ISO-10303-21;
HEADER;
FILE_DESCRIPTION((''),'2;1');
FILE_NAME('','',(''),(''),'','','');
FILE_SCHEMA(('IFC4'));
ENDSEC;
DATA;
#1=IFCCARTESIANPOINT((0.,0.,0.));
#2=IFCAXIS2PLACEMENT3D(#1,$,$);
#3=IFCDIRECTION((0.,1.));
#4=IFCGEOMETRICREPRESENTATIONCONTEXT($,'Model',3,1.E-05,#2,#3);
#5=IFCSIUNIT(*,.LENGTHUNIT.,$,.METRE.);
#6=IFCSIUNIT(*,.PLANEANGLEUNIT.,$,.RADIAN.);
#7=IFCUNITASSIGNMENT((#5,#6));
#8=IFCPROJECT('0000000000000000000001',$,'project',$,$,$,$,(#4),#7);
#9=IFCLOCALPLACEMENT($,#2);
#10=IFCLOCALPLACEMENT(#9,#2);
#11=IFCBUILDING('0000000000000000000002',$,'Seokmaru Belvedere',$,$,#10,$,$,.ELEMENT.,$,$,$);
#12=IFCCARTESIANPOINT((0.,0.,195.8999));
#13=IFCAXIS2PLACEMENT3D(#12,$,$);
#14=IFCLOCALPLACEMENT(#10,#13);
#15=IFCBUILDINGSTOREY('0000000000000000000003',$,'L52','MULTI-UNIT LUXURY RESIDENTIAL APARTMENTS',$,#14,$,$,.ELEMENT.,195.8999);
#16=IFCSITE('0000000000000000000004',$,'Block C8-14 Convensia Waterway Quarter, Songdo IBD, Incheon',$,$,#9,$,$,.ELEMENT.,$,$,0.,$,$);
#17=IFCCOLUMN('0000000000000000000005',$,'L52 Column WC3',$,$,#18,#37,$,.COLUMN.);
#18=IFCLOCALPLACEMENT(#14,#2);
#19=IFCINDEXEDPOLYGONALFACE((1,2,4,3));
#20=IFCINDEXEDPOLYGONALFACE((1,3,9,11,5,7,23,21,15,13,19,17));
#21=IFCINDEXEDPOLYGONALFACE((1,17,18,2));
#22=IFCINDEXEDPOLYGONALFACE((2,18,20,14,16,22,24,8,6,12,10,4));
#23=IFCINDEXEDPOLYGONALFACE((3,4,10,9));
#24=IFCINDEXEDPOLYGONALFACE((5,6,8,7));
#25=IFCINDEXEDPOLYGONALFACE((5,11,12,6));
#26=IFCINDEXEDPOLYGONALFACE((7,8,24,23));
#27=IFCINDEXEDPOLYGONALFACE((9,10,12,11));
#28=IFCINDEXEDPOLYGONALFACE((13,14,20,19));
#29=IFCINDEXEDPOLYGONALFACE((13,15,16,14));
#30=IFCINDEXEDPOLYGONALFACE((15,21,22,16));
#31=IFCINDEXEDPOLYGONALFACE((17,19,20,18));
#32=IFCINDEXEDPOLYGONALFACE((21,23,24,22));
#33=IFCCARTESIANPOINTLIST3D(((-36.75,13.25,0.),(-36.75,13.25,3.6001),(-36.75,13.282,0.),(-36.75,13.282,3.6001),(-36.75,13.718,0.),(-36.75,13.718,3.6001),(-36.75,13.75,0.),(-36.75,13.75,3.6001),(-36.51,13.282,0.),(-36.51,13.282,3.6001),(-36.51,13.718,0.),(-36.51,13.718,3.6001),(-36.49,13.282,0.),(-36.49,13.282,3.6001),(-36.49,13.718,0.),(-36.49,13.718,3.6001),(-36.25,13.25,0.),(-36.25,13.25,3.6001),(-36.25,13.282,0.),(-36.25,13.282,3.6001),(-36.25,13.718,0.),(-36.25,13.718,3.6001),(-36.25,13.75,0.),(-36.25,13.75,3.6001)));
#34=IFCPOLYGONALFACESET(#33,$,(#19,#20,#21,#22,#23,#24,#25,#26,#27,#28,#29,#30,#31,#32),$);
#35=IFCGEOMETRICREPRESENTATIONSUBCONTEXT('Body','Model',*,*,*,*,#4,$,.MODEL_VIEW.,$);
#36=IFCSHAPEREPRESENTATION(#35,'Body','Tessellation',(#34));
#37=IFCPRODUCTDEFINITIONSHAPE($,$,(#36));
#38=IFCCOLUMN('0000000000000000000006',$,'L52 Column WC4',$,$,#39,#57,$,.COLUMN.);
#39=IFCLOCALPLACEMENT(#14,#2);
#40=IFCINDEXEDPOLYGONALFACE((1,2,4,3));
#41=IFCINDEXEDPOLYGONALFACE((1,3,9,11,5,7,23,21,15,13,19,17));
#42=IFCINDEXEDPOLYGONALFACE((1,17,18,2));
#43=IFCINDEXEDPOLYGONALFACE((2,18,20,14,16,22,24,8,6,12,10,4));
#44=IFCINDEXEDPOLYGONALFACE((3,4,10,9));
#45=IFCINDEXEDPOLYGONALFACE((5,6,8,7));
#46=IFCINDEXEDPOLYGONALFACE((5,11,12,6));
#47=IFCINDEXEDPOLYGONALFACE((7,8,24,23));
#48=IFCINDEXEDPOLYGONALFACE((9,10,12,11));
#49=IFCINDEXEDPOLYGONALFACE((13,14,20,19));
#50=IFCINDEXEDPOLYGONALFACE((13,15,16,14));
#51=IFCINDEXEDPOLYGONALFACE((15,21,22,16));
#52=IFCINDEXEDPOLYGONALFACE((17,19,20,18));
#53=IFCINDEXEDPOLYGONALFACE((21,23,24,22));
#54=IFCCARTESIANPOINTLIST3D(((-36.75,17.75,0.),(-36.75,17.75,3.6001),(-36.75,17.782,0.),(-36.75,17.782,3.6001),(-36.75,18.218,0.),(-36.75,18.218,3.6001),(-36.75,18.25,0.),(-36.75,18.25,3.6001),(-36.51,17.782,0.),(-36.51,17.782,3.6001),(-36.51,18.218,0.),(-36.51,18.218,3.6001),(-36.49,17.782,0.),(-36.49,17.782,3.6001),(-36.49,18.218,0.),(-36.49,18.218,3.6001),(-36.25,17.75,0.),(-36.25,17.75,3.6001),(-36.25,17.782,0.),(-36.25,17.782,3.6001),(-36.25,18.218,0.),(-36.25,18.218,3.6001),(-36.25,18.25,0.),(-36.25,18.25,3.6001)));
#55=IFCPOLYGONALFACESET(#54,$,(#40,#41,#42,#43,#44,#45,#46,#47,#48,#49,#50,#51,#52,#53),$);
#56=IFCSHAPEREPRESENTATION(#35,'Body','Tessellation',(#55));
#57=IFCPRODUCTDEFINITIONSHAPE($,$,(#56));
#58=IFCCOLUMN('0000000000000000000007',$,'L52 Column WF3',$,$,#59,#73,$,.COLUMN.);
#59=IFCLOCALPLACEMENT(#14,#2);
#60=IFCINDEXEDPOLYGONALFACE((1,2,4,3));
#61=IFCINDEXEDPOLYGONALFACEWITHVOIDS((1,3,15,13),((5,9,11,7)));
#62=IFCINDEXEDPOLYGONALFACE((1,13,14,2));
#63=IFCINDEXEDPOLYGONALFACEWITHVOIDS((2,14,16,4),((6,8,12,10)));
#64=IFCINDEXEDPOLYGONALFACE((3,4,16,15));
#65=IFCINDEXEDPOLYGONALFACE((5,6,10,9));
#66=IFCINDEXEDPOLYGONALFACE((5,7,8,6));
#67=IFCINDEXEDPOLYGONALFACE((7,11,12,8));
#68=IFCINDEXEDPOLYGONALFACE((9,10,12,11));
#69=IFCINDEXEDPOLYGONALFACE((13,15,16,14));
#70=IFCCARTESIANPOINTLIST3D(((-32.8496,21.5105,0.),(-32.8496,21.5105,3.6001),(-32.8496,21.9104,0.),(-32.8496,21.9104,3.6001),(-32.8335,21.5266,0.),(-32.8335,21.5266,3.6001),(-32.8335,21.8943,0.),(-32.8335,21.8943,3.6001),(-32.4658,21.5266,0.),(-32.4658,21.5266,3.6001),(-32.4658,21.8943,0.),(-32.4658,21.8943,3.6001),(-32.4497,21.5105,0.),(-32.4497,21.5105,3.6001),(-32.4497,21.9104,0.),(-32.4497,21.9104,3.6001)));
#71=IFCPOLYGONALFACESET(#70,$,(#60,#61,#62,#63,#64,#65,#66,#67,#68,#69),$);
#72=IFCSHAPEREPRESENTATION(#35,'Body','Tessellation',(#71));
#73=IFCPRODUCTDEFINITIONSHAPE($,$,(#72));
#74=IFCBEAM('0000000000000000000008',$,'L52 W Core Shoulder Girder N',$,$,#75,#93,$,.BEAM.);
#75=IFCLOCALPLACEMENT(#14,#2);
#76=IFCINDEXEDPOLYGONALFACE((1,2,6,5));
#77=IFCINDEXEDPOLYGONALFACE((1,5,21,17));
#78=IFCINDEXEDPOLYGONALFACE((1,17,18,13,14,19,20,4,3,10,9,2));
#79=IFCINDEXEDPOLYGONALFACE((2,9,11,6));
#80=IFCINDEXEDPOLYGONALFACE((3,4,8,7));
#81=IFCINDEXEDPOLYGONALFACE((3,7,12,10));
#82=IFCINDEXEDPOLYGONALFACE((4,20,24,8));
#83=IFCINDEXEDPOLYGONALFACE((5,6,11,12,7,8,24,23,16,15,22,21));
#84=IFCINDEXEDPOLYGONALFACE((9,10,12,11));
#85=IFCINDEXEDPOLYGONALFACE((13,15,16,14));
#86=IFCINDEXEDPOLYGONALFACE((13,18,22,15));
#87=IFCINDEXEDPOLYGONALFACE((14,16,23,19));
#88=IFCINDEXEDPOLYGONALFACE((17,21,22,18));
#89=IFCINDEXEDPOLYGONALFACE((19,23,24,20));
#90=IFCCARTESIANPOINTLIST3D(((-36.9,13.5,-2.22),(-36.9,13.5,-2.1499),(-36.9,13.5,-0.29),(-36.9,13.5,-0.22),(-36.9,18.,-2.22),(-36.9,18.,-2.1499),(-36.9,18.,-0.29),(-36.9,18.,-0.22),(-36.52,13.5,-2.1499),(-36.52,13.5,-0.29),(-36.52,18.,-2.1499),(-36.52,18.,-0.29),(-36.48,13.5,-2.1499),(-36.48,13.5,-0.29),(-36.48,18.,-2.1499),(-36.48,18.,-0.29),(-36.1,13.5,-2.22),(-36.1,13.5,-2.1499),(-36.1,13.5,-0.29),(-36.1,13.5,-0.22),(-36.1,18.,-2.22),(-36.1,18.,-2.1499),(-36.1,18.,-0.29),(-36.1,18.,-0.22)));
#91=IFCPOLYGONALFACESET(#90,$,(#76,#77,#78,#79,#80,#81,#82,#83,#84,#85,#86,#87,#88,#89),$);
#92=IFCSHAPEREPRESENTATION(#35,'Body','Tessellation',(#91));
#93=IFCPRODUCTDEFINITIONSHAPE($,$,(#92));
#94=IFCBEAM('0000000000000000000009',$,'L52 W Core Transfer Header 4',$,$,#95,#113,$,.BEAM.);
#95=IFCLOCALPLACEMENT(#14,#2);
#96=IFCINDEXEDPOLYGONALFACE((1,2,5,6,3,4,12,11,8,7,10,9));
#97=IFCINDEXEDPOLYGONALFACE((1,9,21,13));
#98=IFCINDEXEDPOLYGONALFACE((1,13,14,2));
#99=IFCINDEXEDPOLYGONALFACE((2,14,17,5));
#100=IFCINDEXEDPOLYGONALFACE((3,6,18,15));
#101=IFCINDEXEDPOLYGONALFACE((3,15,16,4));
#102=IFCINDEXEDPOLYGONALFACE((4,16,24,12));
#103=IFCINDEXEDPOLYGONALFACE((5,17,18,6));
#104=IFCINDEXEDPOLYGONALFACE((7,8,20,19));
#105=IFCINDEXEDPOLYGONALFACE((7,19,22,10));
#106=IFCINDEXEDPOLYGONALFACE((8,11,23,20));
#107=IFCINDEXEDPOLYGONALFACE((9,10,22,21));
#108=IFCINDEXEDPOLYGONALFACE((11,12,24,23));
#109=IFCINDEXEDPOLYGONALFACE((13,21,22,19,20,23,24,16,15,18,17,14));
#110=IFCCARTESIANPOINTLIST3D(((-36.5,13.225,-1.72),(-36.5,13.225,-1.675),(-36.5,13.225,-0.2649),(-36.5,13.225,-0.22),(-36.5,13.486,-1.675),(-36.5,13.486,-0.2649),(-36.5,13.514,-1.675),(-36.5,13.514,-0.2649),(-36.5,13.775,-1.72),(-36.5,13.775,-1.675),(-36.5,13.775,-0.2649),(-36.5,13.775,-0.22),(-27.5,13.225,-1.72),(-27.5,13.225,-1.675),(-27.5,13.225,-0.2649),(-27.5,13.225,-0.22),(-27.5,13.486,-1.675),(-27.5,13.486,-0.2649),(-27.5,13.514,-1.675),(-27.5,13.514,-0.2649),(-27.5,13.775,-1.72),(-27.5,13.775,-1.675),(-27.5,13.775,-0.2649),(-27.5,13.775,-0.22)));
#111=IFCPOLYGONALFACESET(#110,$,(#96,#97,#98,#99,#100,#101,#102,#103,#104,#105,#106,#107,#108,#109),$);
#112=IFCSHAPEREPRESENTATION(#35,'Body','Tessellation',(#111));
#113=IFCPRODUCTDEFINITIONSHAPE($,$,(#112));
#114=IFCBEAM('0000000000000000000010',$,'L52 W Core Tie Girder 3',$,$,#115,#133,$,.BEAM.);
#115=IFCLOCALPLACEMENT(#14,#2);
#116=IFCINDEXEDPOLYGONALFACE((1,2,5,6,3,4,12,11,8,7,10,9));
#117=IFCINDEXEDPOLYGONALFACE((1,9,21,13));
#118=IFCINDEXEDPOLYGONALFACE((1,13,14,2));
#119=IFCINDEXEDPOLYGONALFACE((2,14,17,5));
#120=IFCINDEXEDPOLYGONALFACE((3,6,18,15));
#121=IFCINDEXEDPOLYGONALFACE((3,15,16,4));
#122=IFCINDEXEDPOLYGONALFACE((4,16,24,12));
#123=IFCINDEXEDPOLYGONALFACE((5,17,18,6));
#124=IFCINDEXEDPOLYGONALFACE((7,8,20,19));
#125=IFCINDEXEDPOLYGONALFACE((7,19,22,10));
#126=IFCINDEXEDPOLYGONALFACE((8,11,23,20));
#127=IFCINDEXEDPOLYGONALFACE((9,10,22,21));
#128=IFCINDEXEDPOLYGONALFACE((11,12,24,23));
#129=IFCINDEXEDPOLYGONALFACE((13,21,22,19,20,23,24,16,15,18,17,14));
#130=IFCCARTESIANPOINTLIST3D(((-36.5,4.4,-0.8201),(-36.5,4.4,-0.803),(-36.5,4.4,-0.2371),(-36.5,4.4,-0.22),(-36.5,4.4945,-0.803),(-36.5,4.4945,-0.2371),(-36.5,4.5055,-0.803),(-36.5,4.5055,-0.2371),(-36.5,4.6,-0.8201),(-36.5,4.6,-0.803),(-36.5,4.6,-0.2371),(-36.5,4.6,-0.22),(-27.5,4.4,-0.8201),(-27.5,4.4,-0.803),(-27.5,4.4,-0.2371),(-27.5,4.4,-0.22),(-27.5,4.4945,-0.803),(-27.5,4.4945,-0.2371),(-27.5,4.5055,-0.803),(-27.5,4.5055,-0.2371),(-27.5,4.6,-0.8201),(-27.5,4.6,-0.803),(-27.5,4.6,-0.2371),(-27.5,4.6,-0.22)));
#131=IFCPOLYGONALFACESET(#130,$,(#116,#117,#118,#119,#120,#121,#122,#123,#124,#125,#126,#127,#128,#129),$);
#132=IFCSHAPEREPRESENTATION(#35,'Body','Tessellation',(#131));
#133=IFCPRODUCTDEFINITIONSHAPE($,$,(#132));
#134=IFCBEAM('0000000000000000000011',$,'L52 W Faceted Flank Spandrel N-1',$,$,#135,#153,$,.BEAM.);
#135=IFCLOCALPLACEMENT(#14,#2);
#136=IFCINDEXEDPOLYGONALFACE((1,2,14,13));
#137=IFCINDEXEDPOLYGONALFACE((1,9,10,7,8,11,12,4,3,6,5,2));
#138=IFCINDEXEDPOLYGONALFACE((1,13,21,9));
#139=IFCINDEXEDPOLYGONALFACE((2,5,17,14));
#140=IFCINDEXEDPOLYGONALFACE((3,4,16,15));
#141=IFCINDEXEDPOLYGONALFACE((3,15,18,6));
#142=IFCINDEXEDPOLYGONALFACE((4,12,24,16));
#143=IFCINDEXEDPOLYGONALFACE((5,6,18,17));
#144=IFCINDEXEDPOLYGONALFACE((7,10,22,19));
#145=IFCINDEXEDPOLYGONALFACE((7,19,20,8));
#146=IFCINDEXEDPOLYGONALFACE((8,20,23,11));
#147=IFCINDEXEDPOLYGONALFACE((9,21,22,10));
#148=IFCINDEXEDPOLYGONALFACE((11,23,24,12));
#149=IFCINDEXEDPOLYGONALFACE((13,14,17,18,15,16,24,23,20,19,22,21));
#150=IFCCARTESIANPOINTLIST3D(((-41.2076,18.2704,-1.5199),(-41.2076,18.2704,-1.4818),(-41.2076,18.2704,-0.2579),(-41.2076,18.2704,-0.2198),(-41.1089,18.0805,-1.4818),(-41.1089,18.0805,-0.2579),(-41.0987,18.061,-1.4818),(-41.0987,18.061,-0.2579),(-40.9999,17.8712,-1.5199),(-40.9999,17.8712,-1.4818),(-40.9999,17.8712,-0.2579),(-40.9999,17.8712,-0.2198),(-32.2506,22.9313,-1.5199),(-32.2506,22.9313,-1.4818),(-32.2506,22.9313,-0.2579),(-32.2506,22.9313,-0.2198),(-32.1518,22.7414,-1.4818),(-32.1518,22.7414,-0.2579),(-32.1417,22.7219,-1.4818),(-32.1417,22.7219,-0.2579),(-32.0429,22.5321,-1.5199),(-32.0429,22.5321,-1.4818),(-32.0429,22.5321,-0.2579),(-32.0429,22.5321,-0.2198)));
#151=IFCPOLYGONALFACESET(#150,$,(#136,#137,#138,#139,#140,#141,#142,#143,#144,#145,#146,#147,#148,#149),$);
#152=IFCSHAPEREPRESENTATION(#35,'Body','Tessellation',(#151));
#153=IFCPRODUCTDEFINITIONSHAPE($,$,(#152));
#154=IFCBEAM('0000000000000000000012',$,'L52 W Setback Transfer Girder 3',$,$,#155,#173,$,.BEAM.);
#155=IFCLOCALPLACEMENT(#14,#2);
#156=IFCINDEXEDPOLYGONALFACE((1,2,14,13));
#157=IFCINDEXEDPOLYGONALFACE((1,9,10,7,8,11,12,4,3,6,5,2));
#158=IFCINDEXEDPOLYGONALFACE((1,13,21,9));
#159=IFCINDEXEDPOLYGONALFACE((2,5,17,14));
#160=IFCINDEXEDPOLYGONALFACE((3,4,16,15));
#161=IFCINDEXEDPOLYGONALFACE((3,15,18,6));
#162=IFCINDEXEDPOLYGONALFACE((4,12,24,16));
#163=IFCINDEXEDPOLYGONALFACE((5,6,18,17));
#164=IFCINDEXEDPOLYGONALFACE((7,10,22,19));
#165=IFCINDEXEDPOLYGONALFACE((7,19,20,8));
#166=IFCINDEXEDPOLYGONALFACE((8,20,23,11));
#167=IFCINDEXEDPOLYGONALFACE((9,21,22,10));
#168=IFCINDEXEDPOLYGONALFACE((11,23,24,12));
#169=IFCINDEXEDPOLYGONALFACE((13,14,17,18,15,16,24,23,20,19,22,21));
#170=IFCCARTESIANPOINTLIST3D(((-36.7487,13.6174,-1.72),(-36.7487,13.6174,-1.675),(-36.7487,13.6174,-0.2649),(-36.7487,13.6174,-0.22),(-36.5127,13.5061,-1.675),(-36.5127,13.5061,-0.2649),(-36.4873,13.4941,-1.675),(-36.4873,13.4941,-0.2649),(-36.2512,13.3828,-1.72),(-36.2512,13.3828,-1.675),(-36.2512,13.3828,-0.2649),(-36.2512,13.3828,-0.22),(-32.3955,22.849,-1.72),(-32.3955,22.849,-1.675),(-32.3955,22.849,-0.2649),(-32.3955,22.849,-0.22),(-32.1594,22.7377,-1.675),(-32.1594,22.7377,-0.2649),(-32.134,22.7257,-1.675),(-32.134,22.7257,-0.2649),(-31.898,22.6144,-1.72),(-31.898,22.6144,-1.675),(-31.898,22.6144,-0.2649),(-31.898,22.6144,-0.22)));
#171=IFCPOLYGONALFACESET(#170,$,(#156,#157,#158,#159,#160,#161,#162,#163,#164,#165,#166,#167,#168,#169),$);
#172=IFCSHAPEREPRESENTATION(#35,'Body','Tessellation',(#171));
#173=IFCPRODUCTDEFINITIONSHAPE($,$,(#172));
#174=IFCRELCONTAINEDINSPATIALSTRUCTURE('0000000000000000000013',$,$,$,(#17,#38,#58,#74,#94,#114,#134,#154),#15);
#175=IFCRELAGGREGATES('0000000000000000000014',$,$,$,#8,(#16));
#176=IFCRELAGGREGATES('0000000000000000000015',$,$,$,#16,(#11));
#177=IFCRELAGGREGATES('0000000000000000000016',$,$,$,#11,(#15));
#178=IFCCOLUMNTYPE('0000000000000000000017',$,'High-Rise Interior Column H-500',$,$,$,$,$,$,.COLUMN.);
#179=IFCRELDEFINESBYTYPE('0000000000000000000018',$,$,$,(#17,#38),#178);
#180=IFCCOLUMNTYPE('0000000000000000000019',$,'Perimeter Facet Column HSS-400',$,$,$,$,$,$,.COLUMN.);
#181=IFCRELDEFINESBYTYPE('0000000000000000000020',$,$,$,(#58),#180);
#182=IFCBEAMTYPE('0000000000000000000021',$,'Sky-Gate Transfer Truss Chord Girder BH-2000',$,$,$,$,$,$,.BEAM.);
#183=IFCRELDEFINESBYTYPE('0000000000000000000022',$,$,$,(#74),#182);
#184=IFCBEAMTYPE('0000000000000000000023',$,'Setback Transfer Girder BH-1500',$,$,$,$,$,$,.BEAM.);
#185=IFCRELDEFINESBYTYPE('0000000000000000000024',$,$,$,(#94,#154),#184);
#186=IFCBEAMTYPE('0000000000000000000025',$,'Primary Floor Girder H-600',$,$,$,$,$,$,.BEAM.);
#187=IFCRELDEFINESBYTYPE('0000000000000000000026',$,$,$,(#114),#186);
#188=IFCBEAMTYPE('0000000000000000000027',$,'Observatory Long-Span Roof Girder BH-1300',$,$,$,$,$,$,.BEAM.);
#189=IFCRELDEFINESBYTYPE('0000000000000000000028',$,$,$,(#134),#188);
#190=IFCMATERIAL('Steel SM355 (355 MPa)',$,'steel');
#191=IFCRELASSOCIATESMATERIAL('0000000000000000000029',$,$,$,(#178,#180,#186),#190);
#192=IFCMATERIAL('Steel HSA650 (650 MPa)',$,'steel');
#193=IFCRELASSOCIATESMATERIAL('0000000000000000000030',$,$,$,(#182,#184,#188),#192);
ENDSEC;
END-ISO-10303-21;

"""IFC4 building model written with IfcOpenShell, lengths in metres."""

from ifc_helpers import new_model, si_unit, direction, frame, origin, origin_2d, place, context, subcontext, project, spatial, hollow_rectangle, i_section, extrude, source, transform, mapped, material, material_profile, profile_set, type_object, type_shapes, element, save


model = new_model("IFC4")

# Units and contexts
model_context = context("Model", 3, precision=1e-05, world=origin(), true_north=direction((0.0, 1.0)))
body_context = subcontext(model_context, "Body", "Model", "MODEL_VIEW")
ifc_project = project(units=[si_unit("LENGTHUNIT", "METRE"), si_unit("PLANEANGLEUNIT", "RADIAN")], contexts=[model_context])

# Site, building, storey
site_placement = place(None, origin())
site = spatial("IfcSite", under=ifc_project, at=site_placement, Name="Block C8-14 Convensia Waterway Quarter, Songdo IBD, Incheon", CompositionType="ELEMENT", RefElevation=0.0)
building_placement = place(site_placement, origin())
building = spatial("IfcBuilding", under=site, at=building_placement, Name="Seokmaru Belvedere", CompositionType="ELEMENT")
storey_placement = place(building_placement, frame((0.0, 0.0, 195.8999)))
storey = spatial("IfcBuildingStorey", under=building, at=storey_placement, Name="L52", Description="MULTI-UNIT LUXURY RESIDENTIAL APARTMENTS", CompositionType="ELEMENT", Elevation=195.8999)

# Columns
ifc_material_1 = material(Name="Steel SM355 (355 MPa)", Category="steel")
ifc_material_profile_1 = material_profile(ifc_material_1, i_section(OverallWidth=0.5, OverallDepth=0.5, WebThickness=0.02, FlangeThickness=0.032, at=origin_2d()), Name="H-500x500x20x32")
ifc_profile_set_1 = profile_set([ifc_material_profile_1], Name="Steel SM355 (355 MPa)")
column_type_1 = type_object("IfcColumnType", Name="High-Rise Interior Column H-500", PredefinedType="COLUMN", material=ifc_profile_set_1)
shared_shape_1 = source(origin(), body_context, "Body", "SweptSolid", [
    extrude(i_section(OverallWidth=0.5, OverallDepth=0.5, WebThickness=0.02, FlangeThickness=0.032, at=origin_2d()), origin(), (0.0, 0.0, 1.0), 3.6001),
])
type_shapes(column_type_1, [shared_shape_1])
for number, where, z_axis, x_axis, name in (
    (1, (-36.5, 13.5, 0.0), (0.0, 0.0, 1.0), (1.0, 0.0, 0.0), "L52 Column WC3"),
    (2, (-36.5, 18.0, 0.0), (0.0, 0.0, 1.0), (1.0, 0.0, 0.0), "L52 Column WC4"),
):
    element("IfcColumn", number, at=place(storey_placement, frame(where, z_axis=z_axis, x_axis=x_axis)), inside=storey, type_object=column_type_1, Name=name, PredefinedType="COLUMN", context=body_context, shape_type="MappedRepresentation", body=[
        mapped(shared_shape_1, transform((0.0, 0.0, 0.0), scale=1.0)),
    ])
ifc_material_profile_2 = material_profile(ifc_material_1, hollow_rectangle(XDim=0.3999, YDim=0.3999, WallThickness=0.0161, at=origin_2d()), Name="HSS-400x400x16")
ifc_profile_set_2 = profile_set([ifc_material_profile_2], Name="Steel SM355 (355 MPa)")
column_type_2 = type_object("IfcColumnType", Name="Perimeter Facet Column HSS-400", PredefinedType="COLUMN", material=ifc_profile_set_2)
shared_shape_2 = source(origin(), body_context, "Body", "SweptSolid", [
    extrude(hollow_rectangle(XDim=0.3999, YDim=0.3999, WallThickness=0.0161, at=origin_2d()), origin(), (0.0, 0.0, 1.0), 3.6001),
])
type_shapes(column_type_2, [shared_shape_2])
column_placement = place(storey_placement, frame((-32.6497, 21.7104, 0.0), z_axis=(0.0, 0.0, 1.0), x_axis=(1.0, 0.0, 0.0)))
element("IfcColumn", 3, at=column_placement, inside=storey, type_object=column_type_2, Name="L52 Column WF3", PredefinedType="COLUMN", context=body_context, shape_type="MappedRepresentation", body=[
    mapped(shared_shape_2, transform((0.0, 0.0, 0.0), scale=1.0)),
])

# Beams
ifc_material_2 = material(Name="Steel HSA650 (650 MPa)", Category="steel")
ifc_material_profile_3 = material_profile(ifc_material_2, i_section(OverallWidth=0.8, OverallDepth=2.0, WebThickness=0.04, FlangeThickness=0.0701, at=origin_2d()), Name="BH-2000x800x40x70")
ifc_profile_set_3 = profile_set([ifc_material_profile_3], Name="Steel HSA650 (650 MPa)")
beam_type_1 = type_object("IfcBeamType", Name="Sky-Gate Transfer Truss Chord Girder BH-2000", PredefinedType="BEAM", material=ifc_profile_set_3)
shared_shape_3 = source(origin(), body_context, "Body", "SweptSolid", [
    extrude(i_section(OverallWidth=0.8, OverallDepth=2.0, WebThickness=0.04, FlangeThickness=0.0701, at=origin_2d()), origin(), (0.0, 0.0, 1.0), 4.5),
])
type_shapes(beam_type_1, [shared_shape_3])
beam_1_placement = place(storey_placement, frame((-36.5, 13.5, -1.22), z_axis=(0.0, 1.0, 0.0), x_axis=(-1.0, 0.0, 0.0)))
element("IfcBeam", 4, at=beam_1_placement, inside=storey, type_object=beam_type_1, Name="L52 W Core Shoulder Girder N", PredefinedType="BEAM", context=body_context, shape_type="MappedRepresentation", body=[
    mapped(shared_shape_3, transform((0.0, 0.0, 0.0), scale=1.0)),
])
ifc_material_profile_4 = material_profile(ifc_material_2, i_section(OverallWidth=0.55, OverallDepth=1.5, WebThickness=0.0281, FlangeThickness=0.0449, at=origin_2d()), Name="BH-1500x550x28x45")
ifc_profile_set_4 = profile_set([ifc_material_profile_4], Name="Steel HSA650 (650 MPa)")
beam_type_2 = type_object("IfcBeamType", Name="Setback Transfer Girder BH-1500", PredefinedType="BEAM", material=ifc_profile_set_4)
shared_shape_4 = source(origin(), body_context, "Body", "SweptSolid", [
    extrude(i_section(OverallWidth=0.55, OverallDepth=1.5, WebThickness=0.0281, FlangeThickness=0.0449, at=origin_2d()), origin(), (0.0, 0.0, 1.0), 9.0),
])
beam_2_placement = place(storey_placement, frame((-36.5, 13.5, -0.97), z_axis=(1.0, 0.0, 0.0), x_axis=(0.0, 1.0, 0.0)))
element("IfcBeam", 5, at=beam_2_placement, inside=storey, type_object=beam_type_2, Name="L52 W Core Transfer Header 4", PredefinedType="BEAM", context=body_context, shape_type="MappedRepresentation", body=[
    mapped(shared_shape_4, transform((0.0, 0.0, 0.0), scale=1.0)),
])
ifc_material_profile_5 = material_profile(ifc_material_1, i_section(OverallWidth=0.2, OverallDepth=0.6001, WebThickness=0.011, FlangeThickness=0.0171, at=origin_2d()), Name="H-600x200x11x17")
ifc_profile_set_5 = profile_set([ifc_material_profile_5], Name="Steel SM355 (355 MPa)")
beam_type_3 = type_object("IfcBeamType", Name="Primary Floor Girder H-600", PredefinedType="BEAM", material=ifc_profile_set_5)
shared_shape_5 = source(origin(), body_context, "Body", "SweptSolid", [
    extrude(i_section(OverallWidth=0.2, OverallDepth=0.6001, WebThickness=0.011, FlangeThickness=0.0171, at=origin_2d()), origin(), (0.0, 0.0, 1.0), 9.0),
])
type_shapes(beam_type_3, [shared_shape_5])
beam_3_placement = place(storey_placement, frame((-36.5, 4.5, -0.52), z_axis=(1.0, 0.0, 0.0), x_axis=(0.0, 1.0, 0.0)))
element("IfcBeam", 6, at=beam_3_placement, inside=storey, type_object=beam_type_3, Name="L52 W Core Tie Girder 3", PredefinedType="BEAM", context=body_context, shape_type="MappedRepresentation", body=[
    mapped(shared_shape_5, transform((0.0, 0.0, 0.0), scale=1.0)),
])
ifc_material_profile_6 = material_profile(ifc_material_2, i_section(OverallWidth=0.45, OverallDepth=1.3, WebThickness=0.022, FlangeThickness=0.0381, at=origin_2d()), Name="BH-1300x450x22x38")
ifc_profile_set_6 = profile_set([ifc_material_profile_6], Name="Steel HSA650 (650 MPa)")
beam_type_4 = type_object("IfcBeamType", Name="Observatory Long-Span Roof Girder BH-1300", PredefinedType="BEAM", material=ifc_profile_set_6)
shared_shape_6 = source(origin(), body_context, "Body", "SweptSolid", [
    extrude(i_section(OverallWidth=0.45, OverallDepth=1.3, WebThickness=0.022, FlangeThickness=0.0381, at=origin_2d()), origin(), (0.0, 0.0, 1.0), 10.0972),
])
beam_4_placement = place(storey_placement, frame((-32.1467, 22.7317, -0.8699), z_axis=(-0.887086, -0.461605, 0.0), x_axis=(0.461605, -0.887086, 0.0)))
element("IfcBeam", 7, at=beam_4_placement, inside=storey, type_object=beam_type_4, Name="L52 W Faceted Flank Spandrel N-1", PredefinedType="BEAM", context=body_context, shape_type="MappedRepresentation", body=[
    mapped(shared_shape_6, transform((0.0, 0.0, 0.0), scale=1.0)),
])
shared_shape_7 = source(origin(), body_context, "Body", "SweptSolid", [
    extrude(i_section(OverallWidth=0.55, OverallDepth=1.5, WebThickness=0.0281, FlangeThickness=0.0449, at=origin_2d()), origin(), (0.0, 0.0, 1.0), 10.2065),
])
type_shapes(beam_type_2, [shared_shape_4, shared_shape_7])
beam_5_placement = place(storey_placement, frame((-32.1467, 22.7317, -0.97), z_axis=(-0.426515, -0.904481, 0.0), x_axis=(0.904481, -0.426515, 0.0)))
element("IfcBeam", 8, at=beam_5_placement, inside=storey, type_object=beam_type_2, Name="L52 W Setback Transfer Girder 3", PredefinedType="BEAM", context=body_context, shape_type="MappedRepresentation", body=[
    mapped(shared_shape_7, transform((0.0, 0.0, 0.0), scale=1.0)),
])

save(model, "model.ifc")
